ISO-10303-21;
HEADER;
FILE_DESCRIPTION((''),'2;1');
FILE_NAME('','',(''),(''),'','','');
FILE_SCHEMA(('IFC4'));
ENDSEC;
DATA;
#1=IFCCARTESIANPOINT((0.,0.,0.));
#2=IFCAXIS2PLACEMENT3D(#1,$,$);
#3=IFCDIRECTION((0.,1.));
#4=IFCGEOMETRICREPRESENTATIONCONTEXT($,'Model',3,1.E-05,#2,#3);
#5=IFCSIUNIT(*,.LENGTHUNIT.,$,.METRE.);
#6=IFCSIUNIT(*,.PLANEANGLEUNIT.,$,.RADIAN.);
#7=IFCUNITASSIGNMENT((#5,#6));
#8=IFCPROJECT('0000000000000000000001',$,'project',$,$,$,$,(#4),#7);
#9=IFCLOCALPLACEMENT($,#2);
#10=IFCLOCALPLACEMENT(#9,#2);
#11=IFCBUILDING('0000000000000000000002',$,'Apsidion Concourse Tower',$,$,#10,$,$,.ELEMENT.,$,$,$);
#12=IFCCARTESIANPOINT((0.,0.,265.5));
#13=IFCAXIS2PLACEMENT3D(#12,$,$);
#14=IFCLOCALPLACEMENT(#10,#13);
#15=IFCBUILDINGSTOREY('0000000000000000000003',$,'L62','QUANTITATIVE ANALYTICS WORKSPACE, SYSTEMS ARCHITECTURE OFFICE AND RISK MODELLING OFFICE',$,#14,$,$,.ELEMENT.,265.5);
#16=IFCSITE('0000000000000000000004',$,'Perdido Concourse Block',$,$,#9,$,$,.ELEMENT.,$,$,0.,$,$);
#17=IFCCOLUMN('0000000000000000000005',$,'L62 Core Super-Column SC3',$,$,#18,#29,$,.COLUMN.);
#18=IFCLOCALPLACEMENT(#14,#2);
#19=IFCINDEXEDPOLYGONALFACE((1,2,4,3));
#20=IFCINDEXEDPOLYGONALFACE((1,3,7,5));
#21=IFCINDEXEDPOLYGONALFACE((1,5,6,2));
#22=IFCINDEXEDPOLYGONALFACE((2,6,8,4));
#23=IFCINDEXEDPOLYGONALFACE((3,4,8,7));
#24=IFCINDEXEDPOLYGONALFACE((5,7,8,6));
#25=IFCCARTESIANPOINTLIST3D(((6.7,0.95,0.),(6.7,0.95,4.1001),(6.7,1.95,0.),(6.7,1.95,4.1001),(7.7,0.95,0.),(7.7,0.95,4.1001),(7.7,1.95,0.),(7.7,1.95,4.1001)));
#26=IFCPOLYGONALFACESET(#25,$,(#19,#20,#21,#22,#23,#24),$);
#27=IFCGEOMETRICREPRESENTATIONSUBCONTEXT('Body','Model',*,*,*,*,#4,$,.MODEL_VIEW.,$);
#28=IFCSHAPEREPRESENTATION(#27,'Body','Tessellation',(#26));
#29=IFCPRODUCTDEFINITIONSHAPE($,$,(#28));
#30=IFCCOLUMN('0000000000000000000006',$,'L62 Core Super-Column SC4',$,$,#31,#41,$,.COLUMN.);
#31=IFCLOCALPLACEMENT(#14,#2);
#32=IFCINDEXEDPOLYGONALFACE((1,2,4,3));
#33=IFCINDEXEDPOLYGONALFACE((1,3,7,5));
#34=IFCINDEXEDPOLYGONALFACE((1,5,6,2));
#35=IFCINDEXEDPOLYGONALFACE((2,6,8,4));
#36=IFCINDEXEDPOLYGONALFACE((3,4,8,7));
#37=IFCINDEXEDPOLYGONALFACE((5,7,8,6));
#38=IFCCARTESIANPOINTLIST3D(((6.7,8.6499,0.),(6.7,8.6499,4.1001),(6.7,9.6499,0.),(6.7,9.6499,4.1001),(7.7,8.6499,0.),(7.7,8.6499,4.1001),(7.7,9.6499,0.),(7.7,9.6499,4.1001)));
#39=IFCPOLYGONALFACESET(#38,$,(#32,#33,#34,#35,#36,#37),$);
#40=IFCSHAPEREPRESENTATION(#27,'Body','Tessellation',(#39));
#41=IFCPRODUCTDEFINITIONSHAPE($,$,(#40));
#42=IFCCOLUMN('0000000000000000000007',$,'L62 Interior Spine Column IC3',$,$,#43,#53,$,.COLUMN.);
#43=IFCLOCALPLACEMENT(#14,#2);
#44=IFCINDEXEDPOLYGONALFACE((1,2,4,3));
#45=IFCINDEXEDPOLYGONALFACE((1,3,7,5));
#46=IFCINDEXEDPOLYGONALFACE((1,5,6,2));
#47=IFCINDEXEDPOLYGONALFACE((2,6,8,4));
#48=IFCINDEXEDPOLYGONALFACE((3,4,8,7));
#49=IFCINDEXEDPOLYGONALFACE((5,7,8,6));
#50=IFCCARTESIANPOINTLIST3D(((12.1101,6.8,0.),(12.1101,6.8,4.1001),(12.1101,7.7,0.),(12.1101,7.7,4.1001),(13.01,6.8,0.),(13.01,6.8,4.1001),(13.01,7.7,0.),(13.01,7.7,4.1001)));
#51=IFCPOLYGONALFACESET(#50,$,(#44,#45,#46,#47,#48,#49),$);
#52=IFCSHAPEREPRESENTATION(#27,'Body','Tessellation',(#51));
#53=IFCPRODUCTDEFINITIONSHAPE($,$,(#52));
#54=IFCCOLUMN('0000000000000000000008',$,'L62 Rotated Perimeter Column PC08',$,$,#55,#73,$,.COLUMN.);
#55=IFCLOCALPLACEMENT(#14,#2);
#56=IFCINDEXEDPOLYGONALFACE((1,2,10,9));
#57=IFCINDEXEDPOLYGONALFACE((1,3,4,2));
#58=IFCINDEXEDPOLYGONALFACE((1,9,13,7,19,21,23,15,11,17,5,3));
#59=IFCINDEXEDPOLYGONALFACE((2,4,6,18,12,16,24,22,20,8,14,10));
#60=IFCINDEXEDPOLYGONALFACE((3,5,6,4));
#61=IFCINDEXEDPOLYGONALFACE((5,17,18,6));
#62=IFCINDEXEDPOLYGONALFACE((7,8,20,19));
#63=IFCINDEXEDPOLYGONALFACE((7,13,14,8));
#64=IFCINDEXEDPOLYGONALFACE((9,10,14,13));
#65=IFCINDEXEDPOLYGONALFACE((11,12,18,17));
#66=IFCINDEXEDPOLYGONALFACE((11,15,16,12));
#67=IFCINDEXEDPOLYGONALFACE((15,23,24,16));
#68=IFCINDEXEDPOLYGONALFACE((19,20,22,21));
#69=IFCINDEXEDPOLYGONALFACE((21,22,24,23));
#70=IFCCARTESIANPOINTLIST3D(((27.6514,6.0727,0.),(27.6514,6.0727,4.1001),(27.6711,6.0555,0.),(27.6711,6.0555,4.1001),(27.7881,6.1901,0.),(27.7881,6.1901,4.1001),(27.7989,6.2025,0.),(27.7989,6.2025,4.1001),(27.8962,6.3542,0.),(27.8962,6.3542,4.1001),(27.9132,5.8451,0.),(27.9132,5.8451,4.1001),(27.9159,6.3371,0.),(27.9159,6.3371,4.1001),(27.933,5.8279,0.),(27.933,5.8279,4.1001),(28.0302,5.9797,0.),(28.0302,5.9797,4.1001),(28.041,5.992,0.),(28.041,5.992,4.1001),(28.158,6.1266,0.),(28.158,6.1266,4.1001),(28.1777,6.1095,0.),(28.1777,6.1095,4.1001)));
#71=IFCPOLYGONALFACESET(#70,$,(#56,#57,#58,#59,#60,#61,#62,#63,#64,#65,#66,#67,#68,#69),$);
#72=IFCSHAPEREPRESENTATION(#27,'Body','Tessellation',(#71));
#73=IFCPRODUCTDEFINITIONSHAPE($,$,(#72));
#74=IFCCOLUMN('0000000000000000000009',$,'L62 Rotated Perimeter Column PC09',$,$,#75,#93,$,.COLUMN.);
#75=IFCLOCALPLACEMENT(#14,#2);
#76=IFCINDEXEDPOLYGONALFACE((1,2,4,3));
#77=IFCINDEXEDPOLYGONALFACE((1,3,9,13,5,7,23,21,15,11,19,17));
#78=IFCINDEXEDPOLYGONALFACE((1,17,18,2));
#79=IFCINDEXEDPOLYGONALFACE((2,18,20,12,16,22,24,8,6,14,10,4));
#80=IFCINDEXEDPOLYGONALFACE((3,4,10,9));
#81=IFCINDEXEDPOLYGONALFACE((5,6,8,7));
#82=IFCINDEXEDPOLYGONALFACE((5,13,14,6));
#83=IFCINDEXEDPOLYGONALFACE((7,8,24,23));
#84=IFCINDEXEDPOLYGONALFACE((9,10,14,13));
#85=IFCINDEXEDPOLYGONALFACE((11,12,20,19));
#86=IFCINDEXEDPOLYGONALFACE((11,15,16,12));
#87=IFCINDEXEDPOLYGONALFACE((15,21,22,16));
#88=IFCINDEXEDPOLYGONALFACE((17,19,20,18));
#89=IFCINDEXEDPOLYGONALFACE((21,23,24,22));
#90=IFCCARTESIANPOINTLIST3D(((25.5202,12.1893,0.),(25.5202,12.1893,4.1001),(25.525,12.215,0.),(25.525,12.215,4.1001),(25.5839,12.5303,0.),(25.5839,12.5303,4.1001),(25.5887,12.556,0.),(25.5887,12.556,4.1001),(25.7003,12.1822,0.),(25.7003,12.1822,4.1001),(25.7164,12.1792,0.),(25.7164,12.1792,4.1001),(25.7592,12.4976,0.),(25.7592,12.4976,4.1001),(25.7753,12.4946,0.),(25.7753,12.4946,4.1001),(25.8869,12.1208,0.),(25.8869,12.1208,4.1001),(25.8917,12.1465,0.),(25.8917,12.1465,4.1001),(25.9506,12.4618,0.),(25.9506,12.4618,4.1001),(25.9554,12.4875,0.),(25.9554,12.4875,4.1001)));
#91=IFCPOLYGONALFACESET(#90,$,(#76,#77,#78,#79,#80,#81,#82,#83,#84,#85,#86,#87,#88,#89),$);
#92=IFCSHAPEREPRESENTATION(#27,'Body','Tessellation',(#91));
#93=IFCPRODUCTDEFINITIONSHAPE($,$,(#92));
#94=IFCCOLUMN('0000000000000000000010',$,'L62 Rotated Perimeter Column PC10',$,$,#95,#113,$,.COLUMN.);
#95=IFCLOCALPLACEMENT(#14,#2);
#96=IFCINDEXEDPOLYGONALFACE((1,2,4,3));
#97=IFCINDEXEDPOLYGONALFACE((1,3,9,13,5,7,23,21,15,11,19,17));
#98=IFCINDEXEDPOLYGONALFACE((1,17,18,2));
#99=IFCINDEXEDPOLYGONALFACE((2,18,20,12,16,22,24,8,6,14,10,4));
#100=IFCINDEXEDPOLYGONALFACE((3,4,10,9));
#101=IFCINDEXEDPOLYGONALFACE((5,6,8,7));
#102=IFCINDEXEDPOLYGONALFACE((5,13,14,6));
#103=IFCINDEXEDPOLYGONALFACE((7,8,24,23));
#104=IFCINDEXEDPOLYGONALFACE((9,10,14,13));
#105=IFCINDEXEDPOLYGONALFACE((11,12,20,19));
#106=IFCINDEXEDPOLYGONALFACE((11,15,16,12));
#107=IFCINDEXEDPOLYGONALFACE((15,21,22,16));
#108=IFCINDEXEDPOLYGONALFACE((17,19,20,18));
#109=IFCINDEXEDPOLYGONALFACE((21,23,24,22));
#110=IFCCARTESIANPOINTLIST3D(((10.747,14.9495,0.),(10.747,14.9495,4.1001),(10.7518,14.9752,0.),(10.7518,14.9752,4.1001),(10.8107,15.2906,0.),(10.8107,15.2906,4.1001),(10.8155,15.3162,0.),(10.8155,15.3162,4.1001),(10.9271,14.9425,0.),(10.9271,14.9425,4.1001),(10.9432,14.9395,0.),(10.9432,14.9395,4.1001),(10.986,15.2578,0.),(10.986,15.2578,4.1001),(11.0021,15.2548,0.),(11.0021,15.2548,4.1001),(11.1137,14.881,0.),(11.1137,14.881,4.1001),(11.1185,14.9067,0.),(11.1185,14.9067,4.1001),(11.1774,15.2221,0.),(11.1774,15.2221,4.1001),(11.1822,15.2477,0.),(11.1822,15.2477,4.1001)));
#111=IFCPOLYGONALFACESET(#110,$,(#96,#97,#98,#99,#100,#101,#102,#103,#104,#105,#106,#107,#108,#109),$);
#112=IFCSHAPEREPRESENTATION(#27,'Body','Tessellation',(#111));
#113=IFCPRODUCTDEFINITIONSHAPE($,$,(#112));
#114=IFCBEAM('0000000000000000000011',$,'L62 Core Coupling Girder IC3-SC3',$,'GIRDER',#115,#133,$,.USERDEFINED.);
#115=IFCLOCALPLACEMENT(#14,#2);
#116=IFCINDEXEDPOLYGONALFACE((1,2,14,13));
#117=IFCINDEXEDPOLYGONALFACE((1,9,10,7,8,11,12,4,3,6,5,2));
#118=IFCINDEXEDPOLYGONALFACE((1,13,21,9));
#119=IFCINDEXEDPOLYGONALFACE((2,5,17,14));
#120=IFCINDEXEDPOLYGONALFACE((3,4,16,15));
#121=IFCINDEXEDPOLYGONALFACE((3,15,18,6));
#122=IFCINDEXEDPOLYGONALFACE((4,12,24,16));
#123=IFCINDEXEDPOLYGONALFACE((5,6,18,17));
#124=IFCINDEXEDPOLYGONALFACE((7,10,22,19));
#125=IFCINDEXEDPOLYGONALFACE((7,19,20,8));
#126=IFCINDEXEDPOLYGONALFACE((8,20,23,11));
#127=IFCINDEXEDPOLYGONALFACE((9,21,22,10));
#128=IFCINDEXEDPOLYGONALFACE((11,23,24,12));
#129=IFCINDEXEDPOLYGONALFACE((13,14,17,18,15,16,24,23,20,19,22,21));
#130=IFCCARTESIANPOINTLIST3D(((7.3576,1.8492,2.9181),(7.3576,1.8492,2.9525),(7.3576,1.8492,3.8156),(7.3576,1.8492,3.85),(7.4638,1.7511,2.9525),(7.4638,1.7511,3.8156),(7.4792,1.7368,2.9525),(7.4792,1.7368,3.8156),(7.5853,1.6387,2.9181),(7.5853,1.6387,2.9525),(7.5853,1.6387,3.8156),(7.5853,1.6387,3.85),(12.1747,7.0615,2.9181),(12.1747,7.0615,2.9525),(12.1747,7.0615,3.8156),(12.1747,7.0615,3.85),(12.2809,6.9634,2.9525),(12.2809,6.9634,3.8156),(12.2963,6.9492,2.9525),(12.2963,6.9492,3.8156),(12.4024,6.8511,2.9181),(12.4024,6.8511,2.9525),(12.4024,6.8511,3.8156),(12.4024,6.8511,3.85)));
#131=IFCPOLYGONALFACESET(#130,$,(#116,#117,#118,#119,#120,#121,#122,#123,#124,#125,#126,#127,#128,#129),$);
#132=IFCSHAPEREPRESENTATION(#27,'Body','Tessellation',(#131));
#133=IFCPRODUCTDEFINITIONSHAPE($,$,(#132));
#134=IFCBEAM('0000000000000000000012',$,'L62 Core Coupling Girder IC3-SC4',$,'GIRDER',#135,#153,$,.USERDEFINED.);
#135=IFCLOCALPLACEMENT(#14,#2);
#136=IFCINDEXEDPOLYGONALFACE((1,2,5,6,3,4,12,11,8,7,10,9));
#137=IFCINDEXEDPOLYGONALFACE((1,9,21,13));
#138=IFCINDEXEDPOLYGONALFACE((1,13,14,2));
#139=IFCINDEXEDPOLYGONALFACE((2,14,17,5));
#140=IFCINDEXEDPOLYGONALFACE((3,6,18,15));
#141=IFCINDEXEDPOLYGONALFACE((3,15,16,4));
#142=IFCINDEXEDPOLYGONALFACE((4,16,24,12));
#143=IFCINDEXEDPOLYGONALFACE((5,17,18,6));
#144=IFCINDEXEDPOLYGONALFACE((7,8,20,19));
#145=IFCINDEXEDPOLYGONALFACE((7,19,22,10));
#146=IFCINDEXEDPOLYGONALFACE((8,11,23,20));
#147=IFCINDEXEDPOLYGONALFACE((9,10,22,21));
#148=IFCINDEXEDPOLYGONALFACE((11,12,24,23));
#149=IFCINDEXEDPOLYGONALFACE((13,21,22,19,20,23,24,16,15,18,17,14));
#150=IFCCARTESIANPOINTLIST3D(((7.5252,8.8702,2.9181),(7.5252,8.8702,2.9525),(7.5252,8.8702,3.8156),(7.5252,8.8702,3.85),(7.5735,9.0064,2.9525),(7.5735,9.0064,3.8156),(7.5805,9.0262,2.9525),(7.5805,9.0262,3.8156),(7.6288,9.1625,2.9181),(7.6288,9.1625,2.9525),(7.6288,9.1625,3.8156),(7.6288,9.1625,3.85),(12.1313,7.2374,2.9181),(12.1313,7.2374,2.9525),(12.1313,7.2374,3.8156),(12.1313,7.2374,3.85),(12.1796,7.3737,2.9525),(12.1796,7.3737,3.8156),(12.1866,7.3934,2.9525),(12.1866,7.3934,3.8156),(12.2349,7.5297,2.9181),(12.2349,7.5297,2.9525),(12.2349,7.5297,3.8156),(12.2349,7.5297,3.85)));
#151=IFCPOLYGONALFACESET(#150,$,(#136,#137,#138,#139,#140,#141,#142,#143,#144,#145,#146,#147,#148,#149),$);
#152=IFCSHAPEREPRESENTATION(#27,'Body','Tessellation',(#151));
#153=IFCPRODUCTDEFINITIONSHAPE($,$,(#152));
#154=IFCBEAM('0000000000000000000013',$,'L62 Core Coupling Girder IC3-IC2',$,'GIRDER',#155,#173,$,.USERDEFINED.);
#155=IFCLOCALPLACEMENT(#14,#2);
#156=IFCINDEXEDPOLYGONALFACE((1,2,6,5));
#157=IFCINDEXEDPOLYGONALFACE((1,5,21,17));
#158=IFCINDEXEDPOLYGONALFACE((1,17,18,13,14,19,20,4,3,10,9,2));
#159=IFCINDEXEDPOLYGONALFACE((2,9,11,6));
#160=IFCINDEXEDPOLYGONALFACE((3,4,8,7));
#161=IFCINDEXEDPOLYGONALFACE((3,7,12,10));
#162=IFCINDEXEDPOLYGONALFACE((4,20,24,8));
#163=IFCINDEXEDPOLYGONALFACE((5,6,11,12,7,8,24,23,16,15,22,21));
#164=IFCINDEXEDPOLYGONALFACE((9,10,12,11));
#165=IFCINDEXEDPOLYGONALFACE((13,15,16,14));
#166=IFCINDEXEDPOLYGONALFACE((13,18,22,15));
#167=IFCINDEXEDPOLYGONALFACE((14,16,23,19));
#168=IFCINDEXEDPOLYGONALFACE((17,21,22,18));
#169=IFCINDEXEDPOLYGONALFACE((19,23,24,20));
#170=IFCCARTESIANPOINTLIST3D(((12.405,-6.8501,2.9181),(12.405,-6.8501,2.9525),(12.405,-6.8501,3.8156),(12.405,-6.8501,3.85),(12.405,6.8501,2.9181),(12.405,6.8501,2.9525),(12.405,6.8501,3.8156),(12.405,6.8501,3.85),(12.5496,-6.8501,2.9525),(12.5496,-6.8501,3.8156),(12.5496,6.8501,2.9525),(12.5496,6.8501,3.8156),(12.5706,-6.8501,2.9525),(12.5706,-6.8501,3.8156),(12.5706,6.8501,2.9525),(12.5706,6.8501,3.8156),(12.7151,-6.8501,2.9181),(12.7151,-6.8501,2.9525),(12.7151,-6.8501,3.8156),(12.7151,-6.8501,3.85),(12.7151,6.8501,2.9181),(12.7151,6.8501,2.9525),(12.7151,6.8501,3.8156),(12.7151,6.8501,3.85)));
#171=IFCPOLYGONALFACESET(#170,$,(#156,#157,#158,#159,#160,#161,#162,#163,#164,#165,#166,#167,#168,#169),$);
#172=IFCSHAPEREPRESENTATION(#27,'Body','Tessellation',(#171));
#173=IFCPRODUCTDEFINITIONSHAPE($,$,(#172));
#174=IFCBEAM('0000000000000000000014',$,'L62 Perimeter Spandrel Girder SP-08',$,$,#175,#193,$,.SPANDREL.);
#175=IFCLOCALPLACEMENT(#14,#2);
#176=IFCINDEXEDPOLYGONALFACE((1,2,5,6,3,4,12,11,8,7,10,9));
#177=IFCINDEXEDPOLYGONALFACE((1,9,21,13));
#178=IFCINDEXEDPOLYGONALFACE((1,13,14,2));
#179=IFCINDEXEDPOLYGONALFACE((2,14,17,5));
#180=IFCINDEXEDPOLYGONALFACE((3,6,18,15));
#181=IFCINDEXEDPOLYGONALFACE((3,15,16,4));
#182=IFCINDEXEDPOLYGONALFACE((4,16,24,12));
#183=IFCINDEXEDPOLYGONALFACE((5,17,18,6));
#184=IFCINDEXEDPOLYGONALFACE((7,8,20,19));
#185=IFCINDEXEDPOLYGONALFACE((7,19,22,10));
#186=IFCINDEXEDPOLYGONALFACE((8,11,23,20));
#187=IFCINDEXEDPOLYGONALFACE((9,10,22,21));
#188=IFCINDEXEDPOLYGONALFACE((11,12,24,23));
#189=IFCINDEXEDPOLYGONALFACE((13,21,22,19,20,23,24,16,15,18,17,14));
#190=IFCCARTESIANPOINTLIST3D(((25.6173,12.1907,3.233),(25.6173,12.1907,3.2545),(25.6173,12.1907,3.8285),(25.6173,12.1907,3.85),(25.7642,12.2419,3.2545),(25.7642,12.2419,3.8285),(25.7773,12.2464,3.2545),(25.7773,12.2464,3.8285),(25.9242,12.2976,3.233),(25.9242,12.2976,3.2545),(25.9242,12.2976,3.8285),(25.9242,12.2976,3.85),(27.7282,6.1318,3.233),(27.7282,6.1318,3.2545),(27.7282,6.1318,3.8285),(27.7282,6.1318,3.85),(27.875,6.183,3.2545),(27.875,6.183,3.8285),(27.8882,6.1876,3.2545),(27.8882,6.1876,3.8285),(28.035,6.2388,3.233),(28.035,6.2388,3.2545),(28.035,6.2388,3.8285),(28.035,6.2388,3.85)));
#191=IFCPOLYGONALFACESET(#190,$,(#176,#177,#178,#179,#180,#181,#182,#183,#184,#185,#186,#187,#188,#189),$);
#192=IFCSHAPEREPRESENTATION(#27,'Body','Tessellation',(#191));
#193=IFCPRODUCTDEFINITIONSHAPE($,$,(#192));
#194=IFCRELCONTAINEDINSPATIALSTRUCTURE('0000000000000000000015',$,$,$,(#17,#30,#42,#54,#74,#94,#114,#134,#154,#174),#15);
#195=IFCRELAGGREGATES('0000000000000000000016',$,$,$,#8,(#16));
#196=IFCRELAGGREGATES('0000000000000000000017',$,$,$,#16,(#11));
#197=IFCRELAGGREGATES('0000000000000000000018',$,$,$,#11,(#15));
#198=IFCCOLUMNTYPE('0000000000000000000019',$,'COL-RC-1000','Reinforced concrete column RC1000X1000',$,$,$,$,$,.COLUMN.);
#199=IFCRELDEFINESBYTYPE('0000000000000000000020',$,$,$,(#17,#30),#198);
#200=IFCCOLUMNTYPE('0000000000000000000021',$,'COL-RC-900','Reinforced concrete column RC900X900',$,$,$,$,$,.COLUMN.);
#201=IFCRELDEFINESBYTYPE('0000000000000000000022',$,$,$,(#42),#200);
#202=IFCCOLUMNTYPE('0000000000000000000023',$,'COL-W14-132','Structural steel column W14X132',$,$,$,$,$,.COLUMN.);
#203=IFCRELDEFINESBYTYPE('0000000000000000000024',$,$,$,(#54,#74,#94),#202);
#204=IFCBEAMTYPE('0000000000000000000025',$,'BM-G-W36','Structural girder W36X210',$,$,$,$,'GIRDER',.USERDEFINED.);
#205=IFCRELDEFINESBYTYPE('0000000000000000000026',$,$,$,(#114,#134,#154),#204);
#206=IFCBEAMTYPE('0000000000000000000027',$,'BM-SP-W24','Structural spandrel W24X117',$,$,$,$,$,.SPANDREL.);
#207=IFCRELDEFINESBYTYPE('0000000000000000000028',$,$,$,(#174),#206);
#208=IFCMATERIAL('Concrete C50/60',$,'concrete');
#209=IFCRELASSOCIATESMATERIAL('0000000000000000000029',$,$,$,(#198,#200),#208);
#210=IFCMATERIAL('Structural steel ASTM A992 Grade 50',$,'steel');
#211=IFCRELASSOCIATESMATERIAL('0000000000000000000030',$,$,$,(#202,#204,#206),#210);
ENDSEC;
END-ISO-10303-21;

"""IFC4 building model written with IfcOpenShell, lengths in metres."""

from ifc_helpers import new_model, si_unit, direction, frame, origin, origin_2d, place, context, subcontext, project, spatial, rectangle, i_section, extrude, material, material_profile, profile_set, type_object, element, save


model = new_model("IFC4")

# Units and contexts
model_context = context("Model", 3, precision=1e-05, world=origin(), true_north=direction((0.0, 1.0)))
body_context = subcontext(model_context, "Body", "Model", "MODEL_VIEW")
ifc_project = project(units=[si_unit("LENGTHUNIT", "METRE"), si_unit("PLANEANGLEUNIT", "RADIAN")], contexts=[model_context])

# Site, building, storey
site_placement = place(None, origin())
site = spatial("IfcSite", under=ifc_project, at=site_placement, Name="Perdido Concourse Block", CompositionType="ELEMENT", RefElevation=0.0)
building_placement = place(site_placement, origin())
building = spatial("IfcBuilding", under=site, at=building_placement, Name="Apsidion Concourse Tower", CompositionType="ELEMENT")
storey_placement = place(building_placement, frame((0.0, 0.0, 265.5)))
storey = spatial("IfcBuildingStorey", under=building, at=storey_placement, Name="L62", Description="QUANTITATIVE ANALYTICS WORKSPACE, SYSTEMS ARCHITECTURE OFFICE AND RISK MODELLING OFFICE", CompositionType="ELEMENT", Elevation=265.5)

# Columns
ifc_material_1 = material(Name="Concrete C50/60", Category="concrete")
ifc_material_profile_1 = material_profile(ifc_material_1, rectangle(XDim=1.0, YDim=1.0, at=origin_2d()), Name="RC 1000x1000")
ifc_profile_set_1 = profile_set([ifc_material_profile_1], Name="Concrete C50/60")
column_type_1 = type_object("IfcColumnType", Name="COL-RC-1000", Description="Reinforced concrete column RC1000X1000", PredefinedType="COLUMN", material=ifc_profile_set_1)
for number, where, z_axis, x_axis, name in (
    (1, (7.2, 1.45, 0.0), (0.0, 0.0, 1.0), (1.0, 0.0, 0.0), "L62 Core Super-Column SC3"),
    (2, (7.2, 9.1499, 0.0), (0.0, 0.0, 1.0), (1.0, 0.0, 0.0), "L62 Core Super-Column SC4"),
):
    element("IfcColumn", number, at=place(storey_placement, frame(where, z_axis=z_axis, x_axis=x_axis)), inside=storey, type_object=column_type_1, Name=name, PredefinedType="COLUMN", context=body_context, shape_type="SweptSolid", body=[
        extrude(rectangle(XDim=1.0, YDim=1.0, at=origin_2d()), origin(), (0.0, 0.0, 1.0), 4.1001),
    ])
ifc_material_profile_2 = material_profile(ifc_material_1, rectangle(XDim=0.8999, YDim=0.8999, at=origin_2d()), Name="RC 900x900")
ifc_profile_set_2 = profile_set([ifc_material_profile_2], Name="Concrete C50/60")
column_type_2 = type_object("IfcColumnType", Name="COL-RC-900", Description="Reinforced concrete column RC900X900", PredefinedType="COLUMN", material=ifc_profile_set_2)
column_placement = place(storey_placement, frame((12.5601, 7.25, 0.0), z_axis=(0.0, 0.0, 1.0), x_axis=(1.0, 0.0, 0.0)))
element("IfcColumn", 3, at=column_placement, inside=storey, type_object=column_type_2, Name="L62 Interior Spine Column IC3", PredefinedType="COLUMN", context=body_context, shape_type="SweptSolid", body=[
    extrude(rectangle(XDim=0.8999, YDim=0.8999, at=origin_2d()), origin(), (0.0, 0.0, 1.0), 4.1001),
])
ifc_material_2 = material(Name="Structural steel ASTM A992 Grade 50", Category="steel")
ifc_material_profile_3 = material_profile(ifc_material_2, i_section(OverallWidth=0.373, OverallDepth=0.373, WebThickness=0.0164, FlangeThickness=0.0261, at=origin_2d()), Name="W14X132")
ifc_profile_set_3 = profile_set([ifc_material_profile_3], Name="Structural steel ASTM A992 Grade 50")
column_type_3 = type_object("IfcColumnType", Name="COL-W14-132", Description="Structural steel column W14X132", PredefinedType="COLUMN", material=ifc_profile_set_3)
for number, where, z_axis, x_axis, name in (
    (4, (27.9146, 6.0911, 0.0), (0.0, 0.0, 1.0), (0.656059, 0.75471, 0.0), "L62 Rotated Perimeter Column PC08"),
    (5, (25.7378, 12.3384, 0.0), (0.0, 0.0, 1.0), (-0.983, 0.183608, 0.0), "L62 Rotated Perimeter Column PC09"),
    (6, (10.9646, 15.0986, 0.0), (0.0, 0.0, 1.0), (-0.983, 0.183608, 0.0), "L62 Rotated Perimeter Column PC10"),
):
    element("IfcColumn", number, at=place(storey_placement, frame(where, z_axis=z_axis, x_axis=x_axis)), inside=storey, type_object=column_type_3, Name=name, PredefinedType="COLUMN", context=body_context, shape_type="SweptSolid", body=[
        extrude(i_section(OverallWidth=0.373, OverallDepth=0.373, WebThickness=0.0164, FlangeThickness=0.0261, at=origin_2d()), origin(), (0.0, 0.0, 1.0), 4.1001),
    ])

# Beams
ifc_material_profile_4 = material_profile(ifc_material_2, i_section(OverallWidth=0.3101, OverallDepth=0.9319, WebThickness=0.021, FlangeThickness=0.0344, at=origin_2d()), Name="W36X210")
ifc_profile_set_4 = profile_set([ifc_material_profile_4], Name="Structural steel ASTM A992 Grade 50")
beam_type_1 = type_object("IfcBeamType", Name="BM-G-W36", Description="Structural girder W36X210", ElementType="GIRDER", PredefinedType="USERDEFINED", material=ifc_profile_set_4)
beam_1_placement = place(storey_placement, frame((12.2886, 6.9563, 3.384), z_axis=(-0.678713, -0.734404, 0.0), x_axis=(0.734404, -0.678713, 0.0)))
element("IfcBeam", 7, at=beam_1_placement, inside=storey, type_object=beam_type_1, Name="L62 Core Coupling Girder IC3-SC3", ObjectType="GIRDER", PredefinedType="USERDEFINED", context=body_context, shape_type="SweptSolid", body=[
    extrude(i_section(OverallWidth=0.3101, OverallDepth=0.9319, WebThickness=0.021, FlangeThickness=0.0344, at=origin_2d()), origin(), (0.0, 0.0, 1.0), 7.0974),
])
beam_2_placement = place(storey_placement, frame((12.1831, 7.3835, 3.384), z_axis=(-0.942534, 0.334111, 0.0), x_axis=(-0.334111, -0.942534, 0.0)))
element("IfcBeam", 8, at=beam_2_placement, inside=storey, type_object=beam_type_1, Name="L62 Core Coupling Girder IC3-SC4", ObjectType="GIRDER", PredefinedType="USERDEFINED", context=body_context, shape_type="SweptSolid", body=[
    extrude(i_section(OverallWidth=0.3101, OverallDepth=0.9319, WebThickness=0.021, FlangeThickness=0.0344, at=origin_2d()), origin(), (0.0, 0.0, 1.0), 4.887),
])
beam_3_placement = place(storey_placement, frame((12.5601, 6.8501, 3.384), z_axis=(0.0, -1.0, 0.0), x_axis=(1.0, 0.0, 0.0)))
element("IfcBeam", 9, at=beam_3_placement, inside=storey, type_object=beam_type_1, Name="L62 Core Coupling Girder IC3-IC2", ObjectType="GIRDER", PredefinedType="USERDEFINED", context=body_context, shape_type="SweptSolid", body=[
    extrude(i_section(OverallWidth=0.3101, OverallDepth=0.9319, WebThickness=0.021, FlangeThickness=0.0344, at=origin_2d()), origin(), (0.0, 0.0, 1.0), 13.7002),
])
ifc_material_profile_5 = material_profile(ifc_material_2, i_section(OverallWidth=0.325, OverallDepth=0.6169, WebThickness=0.0139, FlangeThickness=0.0215, at=origin_2d()), Name="W24X117")
ifc_profile_set_5 = profile_set([ifc_material_profile_5], Name="Structural steel ASTM A992 Grade 50")
beam_type_2 = type_object("IfcBeamType", Name="BM-SP-W24", Description="Structural spandrel W24X117", PredefinedType="SPANDREL", material=ifc_profile_set_5)
beam_4_placement = place(storey_placement, frame((27.8816, 6.1853, 3.5415), z_axis=(-0.328996, 0.944331, 0.0), x_axis=(-0.944331, -0.328996, 0.0)))
element("IfcBeam", 10, at=beam_4_placement, inside=storey, type_object=beam_type_2, Name="L62 Perimeter Spandrel Girder SP-08", PredefinedType="SPANDREL", context=body_context, shape_type="SweptSolid", body=[
    extrude(i_section(OverallWidth=0.325, OverallDepth=0.6169, WebThickness=0.0139, FlangeThickness=0.0215, at=origin_2d()), origin(), (0.0, 0.0, 1.0), 6.416),
])

save(model, "model.ifc")
